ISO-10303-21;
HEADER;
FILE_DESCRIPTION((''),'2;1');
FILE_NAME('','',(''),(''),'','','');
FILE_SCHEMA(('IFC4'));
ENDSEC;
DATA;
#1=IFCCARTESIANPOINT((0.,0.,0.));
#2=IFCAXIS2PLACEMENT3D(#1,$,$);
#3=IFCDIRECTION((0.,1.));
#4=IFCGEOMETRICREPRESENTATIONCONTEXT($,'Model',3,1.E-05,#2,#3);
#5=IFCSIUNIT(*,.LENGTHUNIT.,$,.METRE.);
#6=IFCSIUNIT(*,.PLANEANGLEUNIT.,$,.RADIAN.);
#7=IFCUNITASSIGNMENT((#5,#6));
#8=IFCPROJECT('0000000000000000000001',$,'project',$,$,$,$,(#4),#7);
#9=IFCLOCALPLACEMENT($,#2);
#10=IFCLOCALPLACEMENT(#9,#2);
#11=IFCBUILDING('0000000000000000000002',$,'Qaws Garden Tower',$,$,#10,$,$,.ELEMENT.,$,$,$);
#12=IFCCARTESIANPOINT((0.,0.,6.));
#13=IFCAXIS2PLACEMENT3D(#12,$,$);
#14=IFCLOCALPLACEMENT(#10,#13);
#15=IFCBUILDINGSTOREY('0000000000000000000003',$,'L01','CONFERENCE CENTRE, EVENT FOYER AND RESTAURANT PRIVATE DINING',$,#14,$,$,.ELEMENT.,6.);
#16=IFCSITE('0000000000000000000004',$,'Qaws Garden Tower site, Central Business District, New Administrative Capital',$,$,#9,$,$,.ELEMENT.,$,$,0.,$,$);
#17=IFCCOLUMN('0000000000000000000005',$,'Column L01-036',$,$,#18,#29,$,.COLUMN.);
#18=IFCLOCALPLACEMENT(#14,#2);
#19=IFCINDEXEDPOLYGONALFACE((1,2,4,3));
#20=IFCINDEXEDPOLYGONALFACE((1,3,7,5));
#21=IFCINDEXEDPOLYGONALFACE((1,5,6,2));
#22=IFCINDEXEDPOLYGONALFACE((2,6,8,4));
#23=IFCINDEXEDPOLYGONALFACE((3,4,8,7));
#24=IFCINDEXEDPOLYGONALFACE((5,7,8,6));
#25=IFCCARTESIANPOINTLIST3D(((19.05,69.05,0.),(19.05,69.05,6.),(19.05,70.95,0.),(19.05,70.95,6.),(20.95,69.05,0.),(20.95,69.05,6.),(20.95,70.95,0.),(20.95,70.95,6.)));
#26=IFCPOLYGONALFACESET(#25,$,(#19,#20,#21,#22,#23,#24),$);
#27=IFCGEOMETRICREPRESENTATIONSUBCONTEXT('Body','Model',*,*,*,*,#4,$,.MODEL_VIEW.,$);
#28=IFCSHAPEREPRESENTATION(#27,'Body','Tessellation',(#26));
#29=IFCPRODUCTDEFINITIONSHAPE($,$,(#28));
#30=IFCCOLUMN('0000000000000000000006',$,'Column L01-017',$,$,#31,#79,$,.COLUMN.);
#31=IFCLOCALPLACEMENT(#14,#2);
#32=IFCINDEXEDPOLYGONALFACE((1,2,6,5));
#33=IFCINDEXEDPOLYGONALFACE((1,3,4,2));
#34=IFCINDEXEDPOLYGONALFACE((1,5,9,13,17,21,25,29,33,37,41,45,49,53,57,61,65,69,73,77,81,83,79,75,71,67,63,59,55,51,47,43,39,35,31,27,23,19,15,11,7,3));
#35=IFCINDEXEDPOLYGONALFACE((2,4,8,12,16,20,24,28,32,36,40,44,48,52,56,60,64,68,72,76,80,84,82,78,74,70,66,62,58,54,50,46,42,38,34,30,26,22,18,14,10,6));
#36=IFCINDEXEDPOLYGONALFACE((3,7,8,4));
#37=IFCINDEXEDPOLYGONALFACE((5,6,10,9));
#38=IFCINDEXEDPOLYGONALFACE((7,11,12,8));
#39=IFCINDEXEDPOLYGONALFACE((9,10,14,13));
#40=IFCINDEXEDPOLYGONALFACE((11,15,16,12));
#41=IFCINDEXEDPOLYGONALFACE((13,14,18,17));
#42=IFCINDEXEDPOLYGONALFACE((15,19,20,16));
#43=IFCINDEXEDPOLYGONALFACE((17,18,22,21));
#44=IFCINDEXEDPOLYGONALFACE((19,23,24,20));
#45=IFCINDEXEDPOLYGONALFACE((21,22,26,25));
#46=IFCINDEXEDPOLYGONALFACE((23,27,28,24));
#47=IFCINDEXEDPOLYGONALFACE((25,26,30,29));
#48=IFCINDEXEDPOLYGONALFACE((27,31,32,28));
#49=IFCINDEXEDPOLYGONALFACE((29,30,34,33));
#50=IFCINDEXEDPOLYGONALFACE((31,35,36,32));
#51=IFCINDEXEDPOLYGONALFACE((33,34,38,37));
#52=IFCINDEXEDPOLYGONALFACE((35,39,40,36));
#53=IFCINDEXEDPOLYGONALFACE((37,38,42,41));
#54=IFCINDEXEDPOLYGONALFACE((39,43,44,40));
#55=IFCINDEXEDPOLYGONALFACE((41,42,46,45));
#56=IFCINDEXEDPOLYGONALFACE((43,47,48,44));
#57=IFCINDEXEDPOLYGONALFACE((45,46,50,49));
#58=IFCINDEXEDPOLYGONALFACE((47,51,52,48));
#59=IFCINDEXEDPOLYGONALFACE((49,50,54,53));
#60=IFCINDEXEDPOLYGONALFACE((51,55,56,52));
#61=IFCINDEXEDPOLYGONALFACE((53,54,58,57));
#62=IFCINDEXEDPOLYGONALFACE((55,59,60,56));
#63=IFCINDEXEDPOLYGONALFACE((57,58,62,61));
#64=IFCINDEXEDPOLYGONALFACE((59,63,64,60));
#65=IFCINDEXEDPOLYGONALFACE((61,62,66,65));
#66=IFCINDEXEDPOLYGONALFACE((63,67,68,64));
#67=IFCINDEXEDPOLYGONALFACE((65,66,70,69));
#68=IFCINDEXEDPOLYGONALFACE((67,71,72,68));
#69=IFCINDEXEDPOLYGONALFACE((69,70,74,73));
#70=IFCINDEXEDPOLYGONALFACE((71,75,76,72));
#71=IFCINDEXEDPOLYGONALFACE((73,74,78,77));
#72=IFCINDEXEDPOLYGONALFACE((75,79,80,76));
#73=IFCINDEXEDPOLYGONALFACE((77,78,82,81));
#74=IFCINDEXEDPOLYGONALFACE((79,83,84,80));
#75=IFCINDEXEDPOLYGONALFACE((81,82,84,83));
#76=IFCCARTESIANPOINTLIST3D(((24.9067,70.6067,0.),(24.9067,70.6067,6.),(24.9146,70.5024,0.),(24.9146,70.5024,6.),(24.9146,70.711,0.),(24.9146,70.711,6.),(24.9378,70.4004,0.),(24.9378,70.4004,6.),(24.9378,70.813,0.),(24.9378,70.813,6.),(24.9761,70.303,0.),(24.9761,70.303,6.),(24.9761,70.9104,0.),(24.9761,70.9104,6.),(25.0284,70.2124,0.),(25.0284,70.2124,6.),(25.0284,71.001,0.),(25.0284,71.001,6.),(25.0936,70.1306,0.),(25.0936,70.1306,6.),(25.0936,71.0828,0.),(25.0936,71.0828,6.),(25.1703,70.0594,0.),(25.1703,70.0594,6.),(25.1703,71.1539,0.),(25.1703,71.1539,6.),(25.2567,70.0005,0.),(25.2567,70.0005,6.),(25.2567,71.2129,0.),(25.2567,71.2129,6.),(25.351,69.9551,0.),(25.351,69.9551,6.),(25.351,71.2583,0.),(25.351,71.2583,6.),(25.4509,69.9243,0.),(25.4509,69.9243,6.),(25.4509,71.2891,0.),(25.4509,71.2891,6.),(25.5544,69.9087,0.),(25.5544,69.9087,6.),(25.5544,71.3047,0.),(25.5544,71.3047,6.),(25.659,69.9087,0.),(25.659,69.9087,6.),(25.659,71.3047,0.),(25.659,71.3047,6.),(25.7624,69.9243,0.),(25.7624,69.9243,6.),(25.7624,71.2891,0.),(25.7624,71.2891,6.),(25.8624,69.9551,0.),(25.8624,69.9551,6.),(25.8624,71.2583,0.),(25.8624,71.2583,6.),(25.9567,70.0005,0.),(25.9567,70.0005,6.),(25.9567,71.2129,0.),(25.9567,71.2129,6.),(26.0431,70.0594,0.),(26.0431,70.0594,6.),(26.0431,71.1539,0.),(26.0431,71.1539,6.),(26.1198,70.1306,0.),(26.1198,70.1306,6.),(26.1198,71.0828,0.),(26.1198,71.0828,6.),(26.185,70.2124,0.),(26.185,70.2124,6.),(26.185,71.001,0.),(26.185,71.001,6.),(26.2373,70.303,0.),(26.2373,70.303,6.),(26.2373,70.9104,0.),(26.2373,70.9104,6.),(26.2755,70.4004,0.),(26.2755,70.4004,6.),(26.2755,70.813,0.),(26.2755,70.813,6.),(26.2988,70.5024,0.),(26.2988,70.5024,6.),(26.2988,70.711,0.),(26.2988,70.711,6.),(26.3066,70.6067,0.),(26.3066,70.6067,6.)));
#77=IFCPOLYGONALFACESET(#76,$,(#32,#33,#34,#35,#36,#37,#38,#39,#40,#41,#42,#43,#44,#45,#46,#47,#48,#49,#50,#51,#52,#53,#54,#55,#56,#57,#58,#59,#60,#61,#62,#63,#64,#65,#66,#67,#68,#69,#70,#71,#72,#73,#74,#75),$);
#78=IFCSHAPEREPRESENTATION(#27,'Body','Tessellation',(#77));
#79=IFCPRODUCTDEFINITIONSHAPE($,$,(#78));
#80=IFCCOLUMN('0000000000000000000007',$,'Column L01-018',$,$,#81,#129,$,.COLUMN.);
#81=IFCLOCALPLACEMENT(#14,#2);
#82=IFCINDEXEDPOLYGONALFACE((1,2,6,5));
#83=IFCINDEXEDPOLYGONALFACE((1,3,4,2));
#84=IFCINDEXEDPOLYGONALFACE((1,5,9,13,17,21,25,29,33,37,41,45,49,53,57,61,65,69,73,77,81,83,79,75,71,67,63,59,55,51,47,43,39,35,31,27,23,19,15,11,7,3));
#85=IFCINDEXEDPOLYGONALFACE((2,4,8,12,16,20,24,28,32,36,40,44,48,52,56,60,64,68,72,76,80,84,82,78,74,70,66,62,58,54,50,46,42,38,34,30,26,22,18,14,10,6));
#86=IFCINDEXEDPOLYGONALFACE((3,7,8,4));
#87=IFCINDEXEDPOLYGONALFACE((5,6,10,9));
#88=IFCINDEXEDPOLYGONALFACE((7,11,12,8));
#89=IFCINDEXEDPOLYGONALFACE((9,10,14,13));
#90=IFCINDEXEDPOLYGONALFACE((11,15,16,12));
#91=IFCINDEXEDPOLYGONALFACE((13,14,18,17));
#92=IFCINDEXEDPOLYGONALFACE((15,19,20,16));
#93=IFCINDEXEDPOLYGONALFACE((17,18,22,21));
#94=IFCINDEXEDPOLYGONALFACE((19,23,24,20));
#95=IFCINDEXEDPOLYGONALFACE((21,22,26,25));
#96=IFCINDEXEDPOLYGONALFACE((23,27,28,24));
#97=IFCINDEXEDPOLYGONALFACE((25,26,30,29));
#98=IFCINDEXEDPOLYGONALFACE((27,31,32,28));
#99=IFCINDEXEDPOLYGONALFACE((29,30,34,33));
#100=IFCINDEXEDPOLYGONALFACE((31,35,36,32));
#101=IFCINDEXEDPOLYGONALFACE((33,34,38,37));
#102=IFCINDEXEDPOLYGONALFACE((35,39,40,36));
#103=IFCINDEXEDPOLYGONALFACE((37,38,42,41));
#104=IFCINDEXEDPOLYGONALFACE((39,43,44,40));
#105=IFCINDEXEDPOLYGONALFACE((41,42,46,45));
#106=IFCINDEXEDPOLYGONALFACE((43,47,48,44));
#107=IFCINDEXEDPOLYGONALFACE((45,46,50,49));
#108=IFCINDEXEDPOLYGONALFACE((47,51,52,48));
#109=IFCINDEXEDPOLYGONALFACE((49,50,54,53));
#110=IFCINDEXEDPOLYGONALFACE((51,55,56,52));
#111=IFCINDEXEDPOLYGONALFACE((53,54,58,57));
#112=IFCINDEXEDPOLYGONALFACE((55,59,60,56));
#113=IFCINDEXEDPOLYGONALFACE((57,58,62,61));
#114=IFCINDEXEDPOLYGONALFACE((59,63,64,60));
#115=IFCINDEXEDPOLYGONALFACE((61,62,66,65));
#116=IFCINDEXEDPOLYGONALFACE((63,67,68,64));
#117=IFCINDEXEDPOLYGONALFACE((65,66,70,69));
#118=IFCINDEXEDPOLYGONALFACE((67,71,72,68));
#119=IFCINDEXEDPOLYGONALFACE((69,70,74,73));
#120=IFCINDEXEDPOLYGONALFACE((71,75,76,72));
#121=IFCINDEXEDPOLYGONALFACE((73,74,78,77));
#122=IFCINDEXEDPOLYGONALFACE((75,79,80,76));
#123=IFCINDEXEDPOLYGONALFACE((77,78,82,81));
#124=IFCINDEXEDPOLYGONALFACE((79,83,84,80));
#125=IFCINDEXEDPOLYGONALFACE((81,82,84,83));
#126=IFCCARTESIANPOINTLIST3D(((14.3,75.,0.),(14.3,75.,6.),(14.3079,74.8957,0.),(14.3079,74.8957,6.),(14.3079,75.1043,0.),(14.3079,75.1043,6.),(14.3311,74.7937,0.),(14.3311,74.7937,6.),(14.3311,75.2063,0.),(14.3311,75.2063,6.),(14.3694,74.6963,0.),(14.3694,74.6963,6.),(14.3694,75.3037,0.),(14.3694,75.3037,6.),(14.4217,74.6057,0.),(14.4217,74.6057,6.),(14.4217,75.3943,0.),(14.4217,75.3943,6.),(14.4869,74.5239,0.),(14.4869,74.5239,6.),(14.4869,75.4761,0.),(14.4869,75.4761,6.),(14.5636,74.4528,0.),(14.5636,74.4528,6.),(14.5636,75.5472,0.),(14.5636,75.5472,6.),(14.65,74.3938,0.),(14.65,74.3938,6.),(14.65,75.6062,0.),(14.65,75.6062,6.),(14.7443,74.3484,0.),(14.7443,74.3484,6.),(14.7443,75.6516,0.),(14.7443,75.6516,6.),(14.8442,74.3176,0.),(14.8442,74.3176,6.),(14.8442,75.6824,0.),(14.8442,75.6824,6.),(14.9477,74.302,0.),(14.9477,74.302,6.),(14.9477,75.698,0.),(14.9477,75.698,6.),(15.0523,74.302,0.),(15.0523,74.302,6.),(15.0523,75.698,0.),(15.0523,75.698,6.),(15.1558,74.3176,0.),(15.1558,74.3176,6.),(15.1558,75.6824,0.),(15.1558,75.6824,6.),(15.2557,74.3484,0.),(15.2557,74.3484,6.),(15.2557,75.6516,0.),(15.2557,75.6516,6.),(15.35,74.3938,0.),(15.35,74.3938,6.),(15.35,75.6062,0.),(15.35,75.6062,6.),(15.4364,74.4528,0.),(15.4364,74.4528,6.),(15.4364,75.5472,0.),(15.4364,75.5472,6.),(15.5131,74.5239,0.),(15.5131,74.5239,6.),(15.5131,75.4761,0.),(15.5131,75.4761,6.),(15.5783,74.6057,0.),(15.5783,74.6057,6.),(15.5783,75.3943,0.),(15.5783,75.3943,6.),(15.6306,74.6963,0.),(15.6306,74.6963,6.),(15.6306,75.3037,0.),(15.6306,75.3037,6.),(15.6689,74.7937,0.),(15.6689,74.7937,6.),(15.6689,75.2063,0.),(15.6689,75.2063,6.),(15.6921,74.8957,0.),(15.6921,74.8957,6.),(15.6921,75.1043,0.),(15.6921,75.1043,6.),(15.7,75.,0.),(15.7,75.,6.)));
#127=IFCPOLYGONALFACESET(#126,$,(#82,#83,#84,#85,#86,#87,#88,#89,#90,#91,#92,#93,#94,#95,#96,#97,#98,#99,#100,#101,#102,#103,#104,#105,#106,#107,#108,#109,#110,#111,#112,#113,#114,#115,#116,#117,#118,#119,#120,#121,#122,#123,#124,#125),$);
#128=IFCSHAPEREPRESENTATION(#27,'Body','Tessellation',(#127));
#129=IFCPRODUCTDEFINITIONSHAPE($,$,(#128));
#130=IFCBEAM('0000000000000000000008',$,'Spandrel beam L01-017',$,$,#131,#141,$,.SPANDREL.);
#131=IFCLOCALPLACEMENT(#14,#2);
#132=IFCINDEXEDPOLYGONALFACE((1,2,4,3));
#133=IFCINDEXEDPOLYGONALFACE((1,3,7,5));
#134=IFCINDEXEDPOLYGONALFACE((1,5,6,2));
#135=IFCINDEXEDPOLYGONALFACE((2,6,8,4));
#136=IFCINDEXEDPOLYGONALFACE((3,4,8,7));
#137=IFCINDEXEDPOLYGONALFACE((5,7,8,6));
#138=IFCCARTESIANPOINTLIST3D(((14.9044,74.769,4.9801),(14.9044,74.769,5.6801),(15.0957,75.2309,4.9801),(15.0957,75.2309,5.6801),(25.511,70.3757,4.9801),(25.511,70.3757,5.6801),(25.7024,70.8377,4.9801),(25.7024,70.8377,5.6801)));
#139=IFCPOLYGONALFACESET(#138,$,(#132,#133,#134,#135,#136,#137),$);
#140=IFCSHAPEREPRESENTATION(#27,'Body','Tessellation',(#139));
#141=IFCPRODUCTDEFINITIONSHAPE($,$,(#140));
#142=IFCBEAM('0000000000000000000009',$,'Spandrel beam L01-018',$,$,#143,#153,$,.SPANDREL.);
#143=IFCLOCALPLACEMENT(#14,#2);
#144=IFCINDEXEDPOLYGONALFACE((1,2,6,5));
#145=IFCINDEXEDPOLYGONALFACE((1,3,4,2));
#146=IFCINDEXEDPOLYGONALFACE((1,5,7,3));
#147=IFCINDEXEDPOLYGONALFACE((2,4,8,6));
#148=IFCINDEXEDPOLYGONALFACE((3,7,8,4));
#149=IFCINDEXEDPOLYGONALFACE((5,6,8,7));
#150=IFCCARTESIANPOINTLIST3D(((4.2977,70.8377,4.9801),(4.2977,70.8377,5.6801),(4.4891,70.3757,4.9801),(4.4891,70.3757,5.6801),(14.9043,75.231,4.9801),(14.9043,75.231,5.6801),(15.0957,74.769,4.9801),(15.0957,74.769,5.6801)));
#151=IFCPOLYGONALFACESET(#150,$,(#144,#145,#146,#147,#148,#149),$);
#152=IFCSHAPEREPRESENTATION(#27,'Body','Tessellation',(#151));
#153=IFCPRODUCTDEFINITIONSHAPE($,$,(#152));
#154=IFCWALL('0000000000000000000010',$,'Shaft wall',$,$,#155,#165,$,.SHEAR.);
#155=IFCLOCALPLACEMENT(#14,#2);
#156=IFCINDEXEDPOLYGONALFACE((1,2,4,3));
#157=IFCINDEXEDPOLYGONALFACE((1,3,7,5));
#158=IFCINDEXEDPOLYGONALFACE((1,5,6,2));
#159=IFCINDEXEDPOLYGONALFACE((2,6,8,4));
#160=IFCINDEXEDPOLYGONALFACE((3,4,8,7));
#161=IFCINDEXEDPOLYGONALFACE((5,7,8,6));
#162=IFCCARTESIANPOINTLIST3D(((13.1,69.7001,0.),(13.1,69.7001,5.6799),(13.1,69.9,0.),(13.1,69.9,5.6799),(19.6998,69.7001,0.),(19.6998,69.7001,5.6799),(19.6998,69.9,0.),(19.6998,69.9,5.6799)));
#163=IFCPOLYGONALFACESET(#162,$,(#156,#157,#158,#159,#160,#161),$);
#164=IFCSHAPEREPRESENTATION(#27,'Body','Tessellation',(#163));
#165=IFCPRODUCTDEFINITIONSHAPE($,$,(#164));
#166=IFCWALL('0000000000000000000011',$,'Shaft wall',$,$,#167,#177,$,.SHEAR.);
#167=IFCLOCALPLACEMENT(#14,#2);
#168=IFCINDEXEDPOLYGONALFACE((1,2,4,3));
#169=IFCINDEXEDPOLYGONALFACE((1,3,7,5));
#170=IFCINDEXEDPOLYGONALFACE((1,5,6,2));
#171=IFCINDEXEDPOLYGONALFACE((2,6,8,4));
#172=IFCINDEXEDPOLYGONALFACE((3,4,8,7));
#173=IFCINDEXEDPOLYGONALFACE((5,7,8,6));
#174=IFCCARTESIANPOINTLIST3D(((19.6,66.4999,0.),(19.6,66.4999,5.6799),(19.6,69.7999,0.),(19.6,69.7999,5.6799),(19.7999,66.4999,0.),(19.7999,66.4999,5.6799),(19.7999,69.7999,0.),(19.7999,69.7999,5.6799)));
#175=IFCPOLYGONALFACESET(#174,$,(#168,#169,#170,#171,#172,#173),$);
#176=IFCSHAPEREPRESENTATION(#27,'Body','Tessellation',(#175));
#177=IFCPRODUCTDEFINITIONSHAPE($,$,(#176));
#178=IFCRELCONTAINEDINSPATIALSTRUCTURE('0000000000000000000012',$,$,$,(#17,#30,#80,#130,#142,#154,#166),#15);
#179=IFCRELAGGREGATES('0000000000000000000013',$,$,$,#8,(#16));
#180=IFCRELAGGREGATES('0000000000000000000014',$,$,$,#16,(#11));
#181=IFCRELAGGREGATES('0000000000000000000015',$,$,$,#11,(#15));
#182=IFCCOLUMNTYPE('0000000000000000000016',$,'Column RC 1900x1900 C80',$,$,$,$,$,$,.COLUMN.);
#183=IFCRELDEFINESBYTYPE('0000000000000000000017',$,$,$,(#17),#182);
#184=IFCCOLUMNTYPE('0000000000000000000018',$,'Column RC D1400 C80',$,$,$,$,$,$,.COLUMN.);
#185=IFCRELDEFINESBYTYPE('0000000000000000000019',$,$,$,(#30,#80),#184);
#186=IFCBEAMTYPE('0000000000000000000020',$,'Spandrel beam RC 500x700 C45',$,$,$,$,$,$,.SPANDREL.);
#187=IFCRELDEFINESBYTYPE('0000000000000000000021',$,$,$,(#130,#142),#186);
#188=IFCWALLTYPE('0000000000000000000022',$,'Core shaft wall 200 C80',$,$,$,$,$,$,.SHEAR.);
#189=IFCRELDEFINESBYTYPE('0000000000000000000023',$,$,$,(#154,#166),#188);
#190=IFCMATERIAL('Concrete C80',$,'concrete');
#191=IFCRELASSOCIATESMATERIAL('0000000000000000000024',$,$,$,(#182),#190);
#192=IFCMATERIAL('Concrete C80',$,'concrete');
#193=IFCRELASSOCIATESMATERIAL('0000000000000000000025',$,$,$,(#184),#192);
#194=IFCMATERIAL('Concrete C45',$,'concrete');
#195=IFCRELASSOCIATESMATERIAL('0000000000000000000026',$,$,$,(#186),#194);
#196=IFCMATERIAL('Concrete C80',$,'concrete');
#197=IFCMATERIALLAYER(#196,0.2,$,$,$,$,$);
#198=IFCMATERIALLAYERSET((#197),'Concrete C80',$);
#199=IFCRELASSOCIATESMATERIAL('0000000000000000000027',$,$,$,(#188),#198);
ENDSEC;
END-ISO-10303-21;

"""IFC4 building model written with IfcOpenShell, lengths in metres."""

from ifc_helpers import new_model, si_unit, direction, frame, frame_2d, origin, origin_2d, place, context, subcontext, project, spatial, rectangle, circle, extrude, material, layer, layer_set, material_profile, profile_set, type_object, element, save


model = new_model("IFC4")

# Units and contexts
model_context = context("Model", 3, precision=1e-05, world=origin(), true_north=direction((0.0, 1.0)))
body_context = subcontext(model_context, "Body", "Model", "MODEL_VIEW")
ifc_project = project(units=[si_unit("LENGTHUNIT", "METRE"), si_unit("PLANEANGLEUNIT", "RADIAN")], contexts=[model_context])

# Site, building, storey
site_placement = place(None, origin())
site = spatial("IfcSite", under=ifc_project, at=site_placement, Name="Qaws Garden Tower site, Central Business District, New Administrative Capital", CompositionType="ELEMENT", RefElevation=0.0)
building_placement = place(site_placement, origin())
building = spatial("IfcBuilding", under=site, at=building_placement, Name="Qaws Garden Tower", CompositionType="ELEMENT")
storey_placement = place(building_placement, frame((0.0, 0.0, 6.0)))
storey = spatial("IfcBuildingStorey", under=building, at=storey_placement, Name="L01", Description="CONFERENCE CENTRE, EVENT FOYER AND RESTAURANT PRIVATE DINING", CompositionType="ELEMENT", Elevation=6.0)

# Columns
ifc_material_1 = material(Name="Concrete C80", Category="concrete")
ifc_material_profile_1 = material_profile(ifc_material_1, rectangle(XDim=1.8999, YDim=1.8999, at=origin_2d()), Name="RC 1900x1900")
ifc_profile_set_1 = profile_set([ifc_material_profile_1], Name="Concrete C80")
column_type_1 = type_object("IfcColumnType", Name="Column RC 1900x1900 C80", PredefinedType="COLUMN", material=ifc_profile_set_1)
column_placement = place(storey_placement, frame((20.0, 70.0, 0.0), z_axis=(0.0, 0.0, 1.0), x_axis=(1.0, 0.0, 0.0)))
element("IfcColumn", 1, at=column_placement, inside=storey, type_object=column_type_1, Name="Column L01-036", PredefinedType="COLUMN", context=body_context, shape_type="SweptSolid", body=[
    extrude(rectangle(XDim=1.8999, YDim=1.8999, at=origin_2d()), origin(), (0.0, 0.0, 1.0), 6.0),
])
ifc_material_2 = material(Name="Concrete C80", Category="concrete")
ifc_material_profile_2 = material_profile(ifc_material_2, circle(Radius=0.7, at=origin_2d()), Name="RC D1400")
ifc_profile_set_2 = profile_set([ifc_material_profile_2], Name="Concrete C80")
column_type_2 = type_object("IfcColumnType", Name="Column RC D1400 C80", PredefinedType="COLUMN", material=ifc_profile_set_2)
for number, where, z_axis, x_axis, name in (
    (2, (25.6067, 70.6067, 0.0), (0.0, 0.0, 1.0), (1.0, 0.0, 0.0), "Column L01-017"),
    (3, (15.0, 75.0, 0.0), (0.0, 0.0, 1.0), (1.0, 0.0, 0.0), "Column L01-018"),
):
    element("IfcColumn", number, at=place(storey_placement, frame(where, z_axis=z_axis, x_axis=x_axis)), inside=storey, type_object=column_type_2, Name=name, PredefinedType="COLUMN", context=body_context, shape_type="SweptSolid", body=[
        extrude(circle(Radius=0.7, at=origin_2d()), origin(), (0.0, 0.0, 1.0), 6.0),
    ])

# Beams
ifc_material_3 = material(Name="Concrete C45", Category="concrete")
ifc_material_profile_3 = material_profile(ifc_material_3, rectangle(XDim=0.5, YDim=0.7, at=origin_2d()), Name="RC 500x700")
ifc_profile_set_3 = profile_set([ifc_material_profile_3], Name="Concrete C45")
beam_type = type_object("IfcBeamType", Name="Spandrel beam RC 500x700 C45", PredefinedType="SPANDREL", material=ifc_profile_set_3)
for number, where, z_axis, x_axis, name in (
    (4, (25.6067, 70.6067, 5.3301), (-0.923883, 0.382674, 0.0), (-0.382674, -0.923883, 0.0), "Spandrel beam L01-017"),
    (5, (15.0, 75.0, 5.3301), (-0.923883, -0.382674, 0.0), (0.382674, -0.923883, 0.0), "Spandrel beam L01-018"),
):
    element("IfcBeam", number, at=place(storey_placement, frame(where, z_axis=z_axis, x_axis=x_axis)), inside=storey, type_object=beam_type, Name=name, PredefinedType="SPANDREL", context=body_context, shape_type="SweptSolid", body=[
        extrude(rectangle(XDim=0.5, YDim=0.7, at=origin_2d()), origin(), (0.0, 0.0, 1.0), 11.4805),
    ])

# Walls
ifc_material_4 = material(Name="Concrete C80", Category="concrete")
ifc_layer_1 = layer(ifc_material_4, 0.2)
ifc_layer_set_1 = layer_set([ifc_layer_1], Name="Concrete C80")
wall_type_1 = type_object("IfcWallType", Name="Core shaft wall 200 C80", PredefinedType="SHEAR", material=ifc_layer_set_1)
wall_1_placement = place(storey_placement, frame((13.1001, 69.8, 0.0), z_axis=(0.0, 0.0, 1.0), x_axis=(1.0, 0.0, 0.0)))
element("IfcWall", 6, at=wall_1_placement, inside=storey, type_object=wall_type_1, Name="Shaft wall", PredefinedType="SHEAR", context=body_context, shape_type="SweptSolid", body=[
    extrude(rectangle(XDim=6.5999, YDim=0.2, at=frame_2d((3.2998, 0.0))), origin(), (0.0, 0.0, 1.0), 5.6799),
])
wall_2_placement = place(storey_placement, frame((19.7, 66.5, 0.0), z_axis=(0.0, 0.0, 1.0), x_axis=(0.0, 1.0, 0.0)))
element("IfcWall", 7, at=wall_2_placement, inside=storey, type_object=wall_type_1, Name="Shaft wall", PredefinedType="SHEAR", context=body_context, shape_type="SweptSolid", body=[
    extrude(rectangle(XDim=3.3, YDim=0.2, at=frame_2d((1.6499, 0.0))), origin(), (0.0, 0.0, 1.0), 5.6799),
])

save(model, "model.ifc")
